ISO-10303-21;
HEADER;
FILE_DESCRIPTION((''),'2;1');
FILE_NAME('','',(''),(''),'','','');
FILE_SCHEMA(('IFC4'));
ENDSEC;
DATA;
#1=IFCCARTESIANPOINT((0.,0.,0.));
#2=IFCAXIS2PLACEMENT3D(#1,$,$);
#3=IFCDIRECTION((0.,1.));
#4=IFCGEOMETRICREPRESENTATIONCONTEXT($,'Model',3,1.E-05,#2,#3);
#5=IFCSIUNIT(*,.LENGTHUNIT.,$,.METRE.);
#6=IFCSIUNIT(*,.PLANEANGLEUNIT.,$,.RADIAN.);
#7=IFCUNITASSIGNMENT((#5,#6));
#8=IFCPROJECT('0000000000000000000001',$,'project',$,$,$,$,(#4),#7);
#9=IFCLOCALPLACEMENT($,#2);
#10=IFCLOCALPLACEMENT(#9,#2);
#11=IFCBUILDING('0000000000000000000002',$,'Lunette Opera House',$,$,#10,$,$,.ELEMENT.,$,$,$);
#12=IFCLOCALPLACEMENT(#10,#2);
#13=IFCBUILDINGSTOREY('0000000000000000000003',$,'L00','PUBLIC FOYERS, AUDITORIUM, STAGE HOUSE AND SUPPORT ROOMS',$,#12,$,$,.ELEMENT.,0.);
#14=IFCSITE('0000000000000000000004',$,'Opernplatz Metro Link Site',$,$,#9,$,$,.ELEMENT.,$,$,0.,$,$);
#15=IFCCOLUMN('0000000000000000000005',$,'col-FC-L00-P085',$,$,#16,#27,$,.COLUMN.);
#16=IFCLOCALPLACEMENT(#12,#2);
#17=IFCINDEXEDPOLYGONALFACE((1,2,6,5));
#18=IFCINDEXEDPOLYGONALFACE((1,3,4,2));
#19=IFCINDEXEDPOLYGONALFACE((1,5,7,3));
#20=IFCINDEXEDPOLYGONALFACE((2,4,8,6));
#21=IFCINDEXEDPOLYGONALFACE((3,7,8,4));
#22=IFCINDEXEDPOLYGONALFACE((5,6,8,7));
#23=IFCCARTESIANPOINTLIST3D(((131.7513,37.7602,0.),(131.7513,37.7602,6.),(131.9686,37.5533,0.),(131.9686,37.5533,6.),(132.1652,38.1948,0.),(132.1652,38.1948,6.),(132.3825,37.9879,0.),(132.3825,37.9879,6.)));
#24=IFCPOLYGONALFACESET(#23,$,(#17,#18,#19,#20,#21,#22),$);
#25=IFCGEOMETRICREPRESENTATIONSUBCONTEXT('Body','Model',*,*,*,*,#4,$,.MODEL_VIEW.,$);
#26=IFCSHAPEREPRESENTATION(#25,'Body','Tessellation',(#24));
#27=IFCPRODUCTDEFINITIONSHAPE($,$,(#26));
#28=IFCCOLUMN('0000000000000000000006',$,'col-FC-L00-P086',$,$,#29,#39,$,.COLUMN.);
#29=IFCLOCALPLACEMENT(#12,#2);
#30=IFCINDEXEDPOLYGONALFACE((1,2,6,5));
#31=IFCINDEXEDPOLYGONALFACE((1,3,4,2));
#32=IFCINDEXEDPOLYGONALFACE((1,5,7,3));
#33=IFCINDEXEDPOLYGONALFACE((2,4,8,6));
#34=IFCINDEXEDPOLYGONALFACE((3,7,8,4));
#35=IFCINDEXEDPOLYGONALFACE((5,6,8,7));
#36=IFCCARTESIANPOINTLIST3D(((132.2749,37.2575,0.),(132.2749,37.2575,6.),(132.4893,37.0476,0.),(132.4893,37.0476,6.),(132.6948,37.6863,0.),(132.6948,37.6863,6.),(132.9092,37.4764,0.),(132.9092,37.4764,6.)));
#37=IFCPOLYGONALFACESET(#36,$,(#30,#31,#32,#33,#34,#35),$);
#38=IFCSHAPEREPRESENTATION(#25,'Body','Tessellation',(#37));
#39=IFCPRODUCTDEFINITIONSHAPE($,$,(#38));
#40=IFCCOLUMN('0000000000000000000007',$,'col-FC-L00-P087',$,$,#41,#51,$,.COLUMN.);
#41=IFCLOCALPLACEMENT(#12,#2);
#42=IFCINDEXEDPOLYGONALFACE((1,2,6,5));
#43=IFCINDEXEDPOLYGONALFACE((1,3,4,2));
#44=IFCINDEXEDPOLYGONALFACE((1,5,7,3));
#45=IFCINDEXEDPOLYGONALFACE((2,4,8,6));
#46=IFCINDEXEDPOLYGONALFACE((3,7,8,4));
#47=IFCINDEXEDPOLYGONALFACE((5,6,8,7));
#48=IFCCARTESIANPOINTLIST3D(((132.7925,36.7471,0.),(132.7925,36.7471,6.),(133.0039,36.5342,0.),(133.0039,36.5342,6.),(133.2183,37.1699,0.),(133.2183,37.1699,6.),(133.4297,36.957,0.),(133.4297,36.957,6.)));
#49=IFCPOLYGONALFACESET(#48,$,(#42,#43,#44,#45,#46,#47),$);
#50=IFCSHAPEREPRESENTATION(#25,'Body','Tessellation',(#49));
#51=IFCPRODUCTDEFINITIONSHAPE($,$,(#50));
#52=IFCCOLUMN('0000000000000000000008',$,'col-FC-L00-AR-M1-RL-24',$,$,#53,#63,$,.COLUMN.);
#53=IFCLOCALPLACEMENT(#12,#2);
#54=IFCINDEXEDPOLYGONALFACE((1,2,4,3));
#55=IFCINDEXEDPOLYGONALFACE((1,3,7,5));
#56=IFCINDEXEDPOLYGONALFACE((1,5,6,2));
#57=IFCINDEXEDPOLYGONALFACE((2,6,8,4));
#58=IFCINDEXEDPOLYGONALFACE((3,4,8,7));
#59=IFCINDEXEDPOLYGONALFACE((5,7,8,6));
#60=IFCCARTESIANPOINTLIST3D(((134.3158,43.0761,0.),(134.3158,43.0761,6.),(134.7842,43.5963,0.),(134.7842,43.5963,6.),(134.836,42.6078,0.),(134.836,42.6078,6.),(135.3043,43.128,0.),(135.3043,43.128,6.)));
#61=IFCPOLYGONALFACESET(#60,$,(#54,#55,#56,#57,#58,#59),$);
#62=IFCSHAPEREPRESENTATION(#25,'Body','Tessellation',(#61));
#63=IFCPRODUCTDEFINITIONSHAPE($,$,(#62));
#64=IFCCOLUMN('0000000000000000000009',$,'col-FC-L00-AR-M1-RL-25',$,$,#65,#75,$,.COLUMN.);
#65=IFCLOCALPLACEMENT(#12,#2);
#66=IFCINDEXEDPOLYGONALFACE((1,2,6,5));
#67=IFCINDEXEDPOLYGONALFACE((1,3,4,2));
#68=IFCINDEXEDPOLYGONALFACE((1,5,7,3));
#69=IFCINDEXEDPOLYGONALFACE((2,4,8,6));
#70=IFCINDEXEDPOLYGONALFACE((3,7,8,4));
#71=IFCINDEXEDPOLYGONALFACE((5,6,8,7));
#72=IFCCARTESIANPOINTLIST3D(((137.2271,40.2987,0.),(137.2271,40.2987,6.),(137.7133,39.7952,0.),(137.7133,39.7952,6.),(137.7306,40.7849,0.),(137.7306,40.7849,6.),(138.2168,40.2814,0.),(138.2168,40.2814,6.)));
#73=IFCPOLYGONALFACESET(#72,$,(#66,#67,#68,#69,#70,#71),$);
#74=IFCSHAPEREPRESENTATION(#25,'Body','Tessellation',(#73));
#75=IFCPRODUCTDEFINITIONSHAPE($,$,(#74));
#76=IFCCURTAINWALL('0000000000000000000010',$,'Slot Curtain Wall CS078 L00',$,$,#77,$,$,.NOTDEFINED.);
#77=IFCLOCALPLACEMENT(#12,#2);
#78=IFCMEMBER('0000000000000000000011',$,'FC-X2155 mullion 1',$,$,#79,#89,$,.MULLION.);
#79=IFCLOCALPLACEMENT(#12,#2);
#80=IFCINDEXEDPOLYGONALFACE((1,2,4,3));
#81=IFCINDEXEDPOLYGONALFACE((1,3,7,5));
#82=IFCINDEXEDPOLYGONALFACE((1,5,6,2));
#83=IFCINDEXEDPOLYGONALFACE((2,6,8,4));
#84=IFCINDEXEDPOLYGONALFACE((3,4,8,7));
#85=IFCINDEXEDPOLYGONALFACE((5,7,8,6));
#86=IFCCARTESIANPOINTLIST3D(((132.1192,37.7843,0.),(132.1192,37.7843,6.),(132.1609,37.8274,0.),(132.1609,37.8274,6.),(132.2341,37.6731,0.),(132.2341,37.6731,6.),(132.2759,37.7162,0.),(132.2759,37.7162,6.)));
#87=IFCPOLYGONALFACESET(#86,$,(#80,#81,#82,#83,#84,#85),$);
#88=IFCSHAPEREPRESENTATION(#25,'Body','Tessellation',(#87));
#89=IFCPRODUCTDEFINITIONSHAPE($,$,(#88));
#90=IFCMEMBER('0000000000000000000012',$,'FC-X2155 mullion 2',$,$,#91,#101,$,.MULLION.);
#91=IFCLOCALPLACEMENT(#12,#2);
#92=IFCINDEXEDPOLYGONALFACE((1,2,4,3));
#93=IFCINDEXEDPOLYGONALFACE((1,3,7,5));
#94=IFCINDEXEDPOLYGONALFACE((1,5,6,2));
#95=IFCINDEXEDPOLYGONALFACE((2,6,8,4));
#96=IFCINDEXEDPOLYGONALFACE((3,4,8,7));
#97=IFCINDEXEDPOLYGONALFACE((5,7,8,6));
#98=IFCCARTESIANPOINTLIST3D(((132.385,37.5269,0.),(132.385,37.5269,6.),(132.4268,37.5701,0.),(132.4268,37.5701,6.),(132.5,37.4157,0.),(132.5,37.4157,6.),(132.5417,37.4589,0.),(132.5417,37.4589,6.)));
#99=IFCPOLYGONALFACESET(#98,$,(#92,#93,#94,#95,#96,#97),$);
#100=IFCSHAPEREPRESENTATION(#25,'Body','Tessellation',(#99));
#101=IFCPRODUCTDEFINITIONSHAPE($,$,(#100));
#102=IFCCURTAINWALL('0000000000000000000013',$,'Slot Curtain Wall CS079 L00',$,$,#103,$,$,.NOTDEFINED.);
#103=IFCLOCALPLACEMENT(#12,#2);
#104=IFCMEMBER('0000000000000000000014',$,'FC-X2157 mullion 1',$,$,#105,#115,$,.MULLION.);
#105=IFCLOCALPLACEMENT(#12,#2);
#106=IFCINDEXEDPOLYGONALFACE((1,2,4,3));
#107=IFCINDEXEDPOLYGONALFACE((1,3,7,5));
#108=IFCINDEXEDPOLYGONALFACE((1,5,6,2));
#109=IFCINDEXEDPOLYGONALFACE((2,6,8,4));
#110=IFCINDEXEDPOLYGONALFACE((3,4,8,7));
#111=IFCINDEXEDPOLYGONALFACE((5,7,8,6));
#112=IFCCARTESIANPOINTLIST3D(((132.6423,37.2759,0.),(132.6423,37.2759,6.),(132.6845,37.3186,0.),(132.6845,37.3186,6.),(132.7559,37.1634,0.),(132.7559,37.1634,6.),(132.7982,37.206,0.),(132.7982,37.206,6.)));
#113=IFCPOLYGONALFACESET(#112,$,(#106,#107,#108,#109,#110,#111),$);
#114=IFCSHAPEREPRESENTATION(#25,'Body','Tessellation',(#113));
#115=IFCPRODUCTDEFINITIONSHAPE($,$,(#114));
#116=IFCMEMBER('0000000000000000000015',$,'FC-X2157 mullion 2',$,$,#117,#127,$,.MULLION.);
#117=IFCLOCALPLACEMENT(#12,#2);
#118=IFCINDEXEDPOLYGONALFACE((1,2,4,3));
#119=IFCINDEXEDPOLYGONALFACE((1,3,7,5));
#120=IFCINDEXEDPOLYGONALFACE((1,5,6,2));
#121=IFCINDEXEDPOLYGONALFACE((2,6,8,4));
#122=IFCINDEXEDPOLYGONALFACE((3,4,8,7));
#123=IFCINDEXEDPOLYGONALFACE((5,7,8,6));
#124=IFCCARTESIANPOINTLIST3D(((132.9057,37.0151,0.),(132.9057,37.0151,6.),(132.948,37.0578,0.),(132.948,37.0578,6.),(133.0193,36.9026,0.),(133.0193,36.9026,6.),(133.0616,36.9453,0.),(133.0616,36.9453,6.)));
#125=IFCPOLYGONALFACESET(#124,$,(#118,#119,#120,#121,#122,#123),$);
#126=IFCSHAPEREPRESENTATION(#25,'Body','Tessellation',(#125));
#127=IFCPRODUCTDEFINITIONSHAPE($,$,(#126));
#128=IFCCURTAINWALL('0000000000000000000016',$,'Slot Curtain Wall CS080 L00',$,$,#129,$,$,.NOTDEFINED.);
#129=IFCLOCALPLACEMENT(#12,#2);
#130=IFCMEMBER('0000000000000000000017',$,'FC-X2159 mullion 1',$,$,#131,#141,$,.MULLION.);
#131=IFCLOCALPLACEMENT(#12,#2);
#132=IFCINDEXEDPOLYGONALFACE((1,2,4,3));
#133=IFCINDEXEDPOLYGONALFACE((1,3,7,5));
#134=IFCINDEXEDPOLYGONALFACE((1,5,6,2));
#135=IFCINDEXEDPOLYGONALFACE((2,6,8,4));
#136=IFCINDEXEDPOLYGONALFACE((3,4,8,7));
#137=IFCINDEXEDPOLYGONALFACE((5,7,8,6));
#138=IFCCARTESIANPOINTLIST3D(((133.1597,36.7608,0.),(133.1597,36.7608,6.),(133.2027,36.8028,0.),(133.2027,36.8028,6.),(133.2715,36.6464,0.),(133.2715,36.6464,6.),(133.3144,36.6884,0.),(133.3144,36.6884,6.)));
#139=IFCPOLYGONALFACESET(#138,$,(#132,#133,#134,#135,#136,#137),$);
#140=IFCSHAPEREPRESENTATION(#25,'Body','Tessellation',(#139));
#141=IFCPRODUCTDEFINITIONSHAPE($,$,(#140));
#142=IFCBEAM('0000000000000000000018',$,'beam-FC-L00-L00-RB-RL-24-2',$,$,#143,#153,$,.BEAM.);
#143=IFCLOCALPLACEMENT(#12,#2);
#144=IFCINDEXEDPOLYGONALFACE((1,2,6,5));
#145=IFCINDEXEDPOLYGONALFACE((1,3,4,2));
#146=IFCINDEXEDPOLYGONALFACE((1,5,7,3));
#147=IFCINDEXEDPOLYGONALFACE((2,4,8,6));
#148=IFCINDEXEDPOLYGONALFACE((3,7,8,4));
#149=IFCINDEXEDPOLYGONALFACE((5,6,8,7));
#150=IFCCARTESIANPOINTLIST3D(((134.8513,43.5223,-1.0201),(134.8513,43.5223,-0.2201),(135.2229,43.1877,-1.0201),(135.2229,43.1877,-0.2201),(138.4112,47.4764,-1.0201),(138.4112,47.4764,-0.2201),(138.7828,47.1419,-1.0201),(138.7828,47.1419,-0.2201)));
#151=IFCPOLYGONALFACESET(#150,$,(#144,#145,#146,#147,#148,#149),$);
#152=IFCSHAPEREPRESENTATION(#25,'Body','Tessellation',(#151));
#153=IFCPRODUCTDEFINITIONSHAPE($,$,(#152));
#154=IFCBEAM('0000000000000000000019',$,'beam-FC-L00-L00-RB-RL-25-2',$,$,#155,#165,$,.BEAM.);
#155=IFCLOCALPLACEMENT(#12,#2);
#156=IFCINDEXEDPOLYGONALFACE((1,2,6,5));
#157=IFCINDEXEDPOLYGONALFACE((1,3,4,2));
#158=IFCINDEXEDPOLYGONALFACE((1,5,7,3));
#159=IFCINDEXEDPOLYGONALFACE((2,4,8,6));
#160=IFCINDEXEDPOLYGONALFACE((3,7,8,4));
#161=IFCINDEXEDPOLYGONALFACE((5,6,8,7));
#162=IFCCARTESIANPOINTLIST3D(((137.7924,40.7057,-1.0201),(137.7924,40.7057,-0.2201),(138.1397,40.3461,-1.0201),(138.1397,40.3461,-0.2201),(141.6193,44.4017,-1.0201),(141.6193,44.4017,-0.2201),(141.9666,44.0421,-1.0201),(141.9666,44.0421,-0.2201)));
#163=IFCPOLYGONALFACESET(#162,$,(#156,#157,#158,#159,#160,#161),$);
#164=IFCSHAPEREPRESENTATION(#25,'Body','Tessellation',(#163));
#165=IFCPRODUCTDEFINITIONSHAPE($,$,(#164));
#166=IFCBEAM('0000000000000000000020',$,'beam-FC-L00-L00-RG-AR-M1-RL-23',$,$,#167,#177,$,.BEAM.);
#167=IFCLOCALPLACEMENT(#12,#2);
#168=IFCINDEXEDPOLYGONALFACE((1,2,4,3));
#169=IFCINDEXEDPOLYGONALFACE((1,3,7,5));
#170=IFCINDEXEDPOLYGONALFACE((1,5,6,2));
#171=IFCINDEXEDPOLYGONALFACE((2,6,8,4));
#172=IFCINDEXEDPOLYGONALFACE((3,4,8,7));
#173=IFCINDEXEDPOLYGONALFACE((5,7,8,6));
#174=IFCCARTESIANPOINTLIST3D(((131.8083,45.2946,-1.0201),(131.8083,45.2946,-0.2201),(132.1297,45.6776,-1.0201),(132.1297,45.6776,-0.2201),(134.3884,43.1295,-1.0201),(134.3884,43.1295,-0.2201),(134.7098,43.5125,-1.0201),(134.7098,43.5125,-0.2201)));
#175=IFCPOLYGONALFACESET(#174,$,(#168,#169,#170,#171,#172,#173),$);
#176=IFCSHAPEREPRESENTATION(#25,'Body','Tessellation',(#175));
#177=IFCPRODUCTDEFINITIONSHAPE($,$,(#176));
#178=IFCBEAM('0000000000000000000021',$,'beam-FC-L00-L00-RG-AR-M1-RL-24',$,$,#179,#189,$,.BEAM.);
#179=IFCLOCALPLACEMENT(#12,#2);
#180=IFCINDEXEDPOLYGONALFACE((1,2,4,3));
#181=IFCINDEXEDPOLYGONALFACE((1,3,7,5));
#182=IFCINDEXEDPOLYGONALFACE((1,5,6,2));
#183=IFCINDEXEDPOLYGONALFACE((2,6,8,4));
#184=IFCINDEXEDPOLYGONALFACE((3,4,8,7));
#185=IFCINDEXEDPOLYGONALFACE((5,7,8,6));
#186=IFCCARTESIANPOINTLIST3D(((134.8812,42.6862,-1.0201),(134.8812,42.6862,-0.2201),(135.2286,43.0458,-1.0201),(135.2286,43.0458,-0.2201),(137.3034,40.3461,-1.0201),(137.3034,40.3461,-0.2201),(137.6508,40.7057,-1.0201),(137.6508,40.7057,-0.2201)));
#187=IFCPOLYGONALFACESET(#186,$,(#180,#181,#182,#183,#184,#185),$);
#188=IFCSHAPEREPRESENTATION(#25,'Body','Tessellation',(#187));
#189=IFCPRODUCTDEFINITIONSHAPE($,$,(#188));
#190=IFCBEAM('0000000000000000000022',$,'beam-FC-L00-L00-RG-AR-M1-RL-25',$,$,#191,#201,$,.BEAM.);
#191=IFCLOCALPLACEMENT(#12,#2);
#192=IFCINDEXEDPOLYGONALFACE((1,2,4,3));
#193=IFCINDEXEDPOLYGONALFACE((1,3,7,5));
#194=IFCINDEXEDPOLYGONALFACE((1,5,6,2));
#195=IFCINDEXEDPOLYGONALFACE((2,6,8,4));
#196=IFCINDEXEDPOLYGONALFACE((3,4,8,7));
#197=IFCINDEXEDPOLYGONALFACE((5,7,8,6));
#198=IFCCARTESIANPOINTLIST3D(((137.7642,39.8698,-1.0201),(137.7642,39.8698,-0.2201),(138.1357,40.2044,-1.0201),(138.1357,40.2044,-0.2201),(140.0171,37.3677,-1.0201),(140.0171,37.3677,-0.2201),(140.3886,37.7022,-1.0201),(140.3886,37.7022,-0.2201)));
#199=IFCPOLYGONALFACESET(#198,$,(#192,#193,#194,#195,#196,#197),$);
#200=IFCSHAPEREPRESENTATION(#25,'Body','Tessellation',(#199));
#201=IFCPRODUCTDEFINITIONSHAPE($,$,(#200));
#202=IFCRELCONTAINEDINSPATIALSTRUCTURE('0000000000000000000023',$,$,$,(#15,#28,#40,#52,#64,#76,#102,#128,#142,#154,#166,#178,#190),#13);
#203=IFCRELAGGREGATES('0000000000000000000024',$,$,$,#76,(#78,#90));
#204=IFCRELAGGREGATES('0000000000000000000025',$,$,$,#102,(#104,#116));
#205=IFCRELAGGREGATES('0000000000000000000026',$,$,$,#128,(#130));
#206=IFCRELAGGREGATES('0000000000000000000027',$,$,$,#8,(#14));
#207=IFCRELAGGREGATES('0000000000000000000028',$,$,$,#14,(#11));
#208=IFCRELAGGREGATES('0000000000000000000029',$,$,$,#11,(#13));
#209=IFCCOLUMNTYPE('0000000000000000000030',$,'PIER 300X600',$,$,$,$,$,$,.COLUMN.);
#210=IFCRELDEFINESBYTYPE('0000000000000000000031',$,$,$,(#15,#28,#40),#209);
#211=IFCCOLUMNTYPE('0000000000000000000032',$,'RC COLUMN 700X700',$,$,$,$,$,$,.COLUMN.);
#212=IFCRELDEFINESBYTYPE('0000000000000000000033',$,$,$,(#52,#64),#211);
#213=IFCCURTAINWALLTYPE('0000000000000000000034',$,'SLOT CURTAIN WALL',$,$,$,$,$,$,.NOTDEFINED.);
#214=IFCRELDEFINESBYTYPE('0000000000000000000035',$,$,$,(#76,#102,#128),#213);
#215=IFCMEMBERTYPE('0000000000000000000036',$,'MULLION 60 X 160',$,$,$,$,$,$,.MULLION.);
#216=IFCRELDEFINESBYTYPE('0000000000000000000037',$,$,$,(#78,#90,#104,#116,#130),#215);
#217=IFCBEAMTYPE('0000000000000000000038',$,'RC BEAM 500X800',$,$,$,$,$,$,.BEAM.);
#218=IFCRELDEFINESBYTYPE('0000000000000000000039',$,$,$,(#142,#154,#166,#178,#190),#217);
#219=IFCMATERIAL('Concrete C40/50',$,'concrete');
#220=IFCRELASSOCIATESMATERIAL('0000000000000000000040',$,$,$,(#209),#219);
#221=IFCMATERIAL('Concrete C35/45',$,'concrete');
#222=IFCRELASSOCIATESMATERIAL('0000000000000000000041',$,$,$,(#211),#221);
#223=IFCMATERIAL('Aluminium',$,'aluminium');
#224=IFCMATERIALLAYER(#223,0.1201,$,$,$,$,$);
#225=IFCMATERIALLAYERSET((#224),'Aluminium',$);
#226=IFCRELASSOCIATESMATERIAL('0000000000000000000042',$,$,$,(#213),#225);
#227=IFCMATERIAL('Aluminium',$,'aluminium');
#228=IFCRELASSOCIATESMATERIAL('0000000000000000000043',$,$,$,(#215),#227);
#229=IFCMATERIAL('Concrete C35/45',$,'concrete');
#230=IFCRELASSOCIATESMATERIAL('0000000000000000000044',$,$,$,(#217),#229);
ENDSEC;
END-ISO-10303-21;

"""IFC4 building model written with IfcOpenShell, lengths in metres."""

from ifc_helpers import new_model, si_unit, direction, frame, origin, origin_2d, place, context, subcontext, project, spatial, rectangle, extrude, material, layer, layer_set, material_profile, profile_set, type_object, element, aggregate, save


model = new_model("IFC4")

# Units and contexts
model_context = context("Model", 3, precision=1e-05, world=origin(), true_north=direction((0.0, 1.0)))
body_context = subcontext(model_context, "Body", "Model", "MODEL_VIEW")
ifc_project = project(units=[si_unit("LENGTHUNIT", "METRE"), si_unit("PLANEANGLEUNIT", "RADIAN")], contexts=[model_context])

# Site, building, storey
site_placement = place(None, origin())
site = spatial("IfcSite", under=ifc_project, at=site_placement, Name="Opernplatz Metro Link Site", CompositionType="ELEMENT", RefElevation=0.0)
building_placement = place(site_placement, origin())
building = spatial("IfcBuilding", under=site, at=building_placement, Name="Lunette Opera House", CompositionType="ELEMENT")
storey_placement = place(building_placement, origin())
storey = spatial("IfcBuildingStorey", under=building, at=storey_placement, Name="L00", Description="PUBLIC FOYERS, AUDITORIUM, STAGE HOUSE AND SUPPORT ROOMS", CompositionType="ELEMENT", Elevation=0.0)

# Columns
ifc_material_1 = material(Name="Concrete C40/50", Category="concrete")
ifc_material_profile_1 = material_profile(ifc_material_1, rectangle(XDim=0.3, YDim=0.6001, at=origin_2d()), Name="PIER 300X600")
ifc_profile_set_1 = profile_set([ifc_material_profile_1], Name="Concrete C40/50")
column_type_1 = type_object("IfcColumnType", Name="PIER 300X600", PredefinedType="COLUMN", material=ifc_profile_set_1)
for number, where, z_axis, x_axis, name in (
    (1, (132.0669, 37.874, 0.0), (0.0, 0.0, 1.0), (0.724172, -0.68962, 0.0), "col-FC-L00-P085"),
    (2, (132.592, 37.3669, 0.0), (0.0, 0.0, 1.0), (0.714473, -0.699663, 0.0), "col-FC-L00-P086"),
    (3, (133.1111, 36.8521, 0.0), (0.0, 0.0, 1.0), (0.704634, -0.709571, 0.0), "col-FC-L00-P087"),
):
    element("IfcColumn", number, at=place(storey_placement, frame(where, z_axis=z_axis, x_axis=x_axis)), inside=storey, type_object=column_type_1, Name=name, PredefinedType="COLUMN", context=body_context, shape_type="SweptSolid", body=[
        extrude(rectangle(XDim=0.3, YDim=0.6001, at=origin_2d()), origin(), (0.0, 0.0, 1.0), 6.0),
    ])
ifc_material_2 = material(Name="Concrete C35/45", Category="concrete")
ifc_material_profile_2 = material_profile(ifc_material_2, rectangle(XDim=0.7, YDim=0.7, at=origin_2d()), Name="RC COLUMN 700X700")
ifc_profile_set_2 = profile_set([ifc_material_profile_2], Name="Concrete C35/45")
column_type_2 = type_object("IfcColumnType", Name="RC COLUMN 700X700", PredefinedType="COLUMN", material=ifc_profile_set_2)
for number, where, z_axis, x_axis, name in (
    (4, (134.8101, 43.1021, 0.0), (0.0, 0.0, 1.0), (0.743145, -0.669131, 0.0), "col-FC-L00-AR-M1-RL-24"),
    (5, (137.7219, 40.29, 0.0), (0.0, 0.0, 1.0), (0.694658, -0.71934, 0.0), "col-FC-L00-AR-M1-RL-25"),
):
    element("IfcColumn", number, at=place(storey_placement, frame(where, z_axis=z_axis, x_axis=x_axis)), inside=storey, type_object=column_type_2, Name=name, PredefinedType="COLUMN", context=body_context, shape_type="SweptSolid", body=[
        extrude(rectangle(XDim=0.7, YDim=0.7, at=origin_2d()), origin(), (0.0, 0.0, 1.0), 6.0),
    ])

# Curtain walls, members
ifc_material_3 = material(Name="Aluminium", Category="aluminium")
ifc_layer_1 = layer(ifc_material_3, 0.1201)
ifc_layer_set_1 = layer_set([ifc_layer_1], Name="Aluminium")
curtain_wall_type = type_object("IfcCurtainWallType", Name="SLOT CURTAIN WALL", PredefinedType="NOTDEFINED", material=ifc_layer_set_1)
curtain_wall_1_placement = place(storey_placement, origin())
curtain_wall_1 = element("IfcCurtainWall", 6, at=curtain_wall_1_placement, inside=storey, type_object=curtain_wall_type, Name="Slot Curtain Wall CS078 L00", PredefinedType="NOTDEFINED")
ifc_material_4 = material(Name="Aluminium", Category="aluminium")
ifc_material_profile_3 = material_profile(ifc_material_4, rectangle(XDim=0.0601, YDim=0.1599, at=origin_2d()), Name="MULLION 60 X 160")
ifc_profile_set_3 = profile_set([ifc_material_profile_3], Name="Aluminium")
member_type_1 = type_object("IfcMemberType", Name="MULLION 60 X 160", PredefinedType="MULLION", material=ifc_profile_set_3)
member_1_placement = place(storey_placement, frame((132.1975, 37.7502, 0.0), z_axis=(0.0, 0.0, 1.0), x_axis=(0.695383, 0.71864, 0.0)))
member_1 = element("IfcMember", 7, at=member_1_placement, type_object=member_type_1, Name="FC-X2155 mullion 1", PredefinedType="MULLION", context=body_context, shape_type="SweptSolid", body=[
    extrude(rectangle(XDim=0.0601, YDim=0.1599, at=origin_2d()), origin(), (0.0, 0.0, 1.0), 6.0),
])
member_2_placement = place(storey_placement, frame((132.4634, 37.4929, 0.0), z_axis=(0.0, 0.0, 1.0), x_axis=(0.695383, 0.71864, 0.0)))
member_2 = element("IfcMember", 8, at=member_2_placement, type_object=member_type_1, Name="FC-X2155 mullion 2", PredefinedType="MULLION", context=body_context, shape_type="SweptSolid", body=[
    extrude(rectangle(XDim=0.0601, YDim=0.1599, at=origin_2d()), origin(), (0.0, 0.0, 1.0), 6.0),
])
curtain_wall_2_placement = place(storey_placement, origin())
curtain_wall_2 = element("IfcCurtainWall", 9, at=curtain_wall_2_placement, inside=storey, type_object=curtain_wall_type, Name="Slot Curtain Wall CS079 L00", PredefinedType="NOTDEFINED")
member_3_placement = place(storey_placement, frame((132.7202, 37.241, 0.0), z_axis=(0.0, 0.0, 1.0), x_axis=(0.703615, 0.710581, 0.0)))
member_3 = element("IfcMember", 10, at=member_3_placement, type_object=member_type_1, Name="FC-X2157 mullion 1", PredefinedType="MULLION", context=body_context, shape_type="SweptSolid", body=[
    extrude(rectangle(XDim=0.0601, YDim=0.1599, at=origin_2d()), origin(), (0.0, 0.0, 1.0), 6.0),
])
member_4_placement = place(storey_placement, frame((132.9836, 36.9802, 0.0), z_axis=(0.0, 0.0, 1.0), x_axis=(0.703615, 0.710581, 0.0)))
member_4 = element("IfcMember", 11, at=member_4_placement, type_object=member_type_1, Name="FC-X2157 mullion 2", PredefinedType="MULLION", context=body_context, shape_type="SweptSolid", body=[
    extrude(rectangle(XDim=0.0601, YDim=0.1599, at=origin_2d()), origin(), (0.0, 0.0, 1.0), 6.0),
])

# Curtain wall, member
curtain_wall_3_placement = place(storey_placement, origin())
curtain_wall_3 = element("IfcCurtainWall", 12, at=curtain_wall_3_placement, inside=storey, type_object=curtain_wall_type, Name="Slot Curtain Wall CS080 L00", PredefinedType="NOTDEFINED")
member_5_placement = place(storey_placement, frame((133.2371, 36.7246, 0.0), z_axis=(0.0, 0.0, 1.0), x_axis=(0.715187, 0.698933, 0.0)))
member_5 = element("IfcMember", 13, at=member_5_placement, type_object=member_type_1, Name="FC-X2159 mullion 1", PredefinedType="MULLION", context=body_context, shape_type="SweptSolid", body=[
    extrude(rectangle(XDim=0.0601, YDim=0.1599, at=origin_2d()), origin(), (0.0, 0.0, 1.0), 6.0),
])

# Beams
ifc_material_5 = material(Name="Concrete C35/45", Category="concrete")
ifc_material_profile_4 = material_profile(ifc_material_5, rectangle(XDim=0.5, YDim=0.8, at=origin_2d()), Name="RC BEAM 500X800")
ifc_profile_set_4 = profile_set([ifc_material_profile_4], Name="Concrete C35/45")
beam_type = type_object("IfcBeamType", Name="RC BEAM 500X800", PredefinedType="BEAM", material=ifc_profile_set_4)
beam_1_placement = place(storey_placement, frame((135.0371, 43.355, -0.6201), z_axis=(0.669081, 0.743189, 0.0), x_axis=(-0.743189, 0.669081, 0.0)))
element("IfcBeam", 14, at=beam_1_placement, inside=storey, type_object=beam_type, Name="beam-FC-L00-L00-RB-RL-24-2", PredefinedType="BEAM", context=body_context, shape_type="SweptSolid", body=[
    extrude(rectangle(XDim=0.5, YDim=0.8, at=origin_2d()), origin(), (0.0, 0.0, 1.0), 5.3206),
])
beam_2_placement = place(storey_placement, frame((137.9661, 40.5259, -0.6201), z_axis=(0.719298, 0.694702, 0.0), x_axis=(-0.694702, 0.719298, 0.0)))
element("IfcBeam", 15, at=beam_2_placement, inside=storey, type_object=beam_type, Name="beam-FC-L00-L00-RB-RL-25-2", PredefinedType="BEAM", context=body_context, shape_type="SweptSolid", body=[
    extrude(rectangle(XDim=0.5, YDim=0.8, at=origin_2d()), origin(), (0.0, 0.0, 1.0), 5.3203),
])
beam_3_placement = place(storey_placement, frame((131.969, 45.4861, -0.6201), z_axis=(0.76603, -0.642804, 0.0), x_axis=(0.642804, 0.76603, 0.0)))
element("IfcBeam", 16, at=beam_3_placement, inside=storey, type_object=beam_type, Name="beam-FC-L00-L00-RG-AR-M1-RL-23", PredefinedType="BEAM", context=body_context, shape_type="SweptSolid", body=[
    extrude(rectangle(XDim=0.5, YDim=0.8, at=origin_2d()), origin(), (0.0, 0.0, 1.0), 3.3682),
])
beam_4_placement = place(storey_placement, frame((135.0549, 42.866, -0.6201), z_axis=(0.71918, -0.694823, 0.0), x_axis=(0.694823, 0.71918, 0.0)))
element("IfcBeam", 17, at=beam_4_placement, inside=storey, type_object=beam_type, Name="beam-FC-L00-L00-RG-AR-M1-RL-24", PredefinedType="BEAM", context=body_context, shape_type="SweptSolid", body=[
    extrude(rectangle(XDim=0.5, YDim=0.8, at=origin_2d()), origin(), (0.0, 0.0, 1.0), 3.3679),
])
beam_5_placement = place(storey_placement, frame((137.95, 40.0371, -0.6201), z_axis=(0.669121, -0.743154, 0.0), x_axis=(0.743154, 0.669121, 0.0)))
element("IfcBeam", 18, at=beam_5_placement, inside=storey, type_object=beam_type, Name="beam-FC-L00-L00-RG-AR-M1-RL-25", PredefinedType="BEAM", context=body_context, shape_type="SweptSolid", body=[
    extrude(rectangle(XDim=0.5, YDim=0.8, at=origin_2d()), origin(), (0.0, 0.0, 1.0), 3.3669),
])

aggregate(curtain_wall_1, [member_1, member_2])
aggregate(curtain_wall_2, [member_3, member_4])
aggregate(curtain_wall_3, [member_5])

save(model, "model.ifc")
